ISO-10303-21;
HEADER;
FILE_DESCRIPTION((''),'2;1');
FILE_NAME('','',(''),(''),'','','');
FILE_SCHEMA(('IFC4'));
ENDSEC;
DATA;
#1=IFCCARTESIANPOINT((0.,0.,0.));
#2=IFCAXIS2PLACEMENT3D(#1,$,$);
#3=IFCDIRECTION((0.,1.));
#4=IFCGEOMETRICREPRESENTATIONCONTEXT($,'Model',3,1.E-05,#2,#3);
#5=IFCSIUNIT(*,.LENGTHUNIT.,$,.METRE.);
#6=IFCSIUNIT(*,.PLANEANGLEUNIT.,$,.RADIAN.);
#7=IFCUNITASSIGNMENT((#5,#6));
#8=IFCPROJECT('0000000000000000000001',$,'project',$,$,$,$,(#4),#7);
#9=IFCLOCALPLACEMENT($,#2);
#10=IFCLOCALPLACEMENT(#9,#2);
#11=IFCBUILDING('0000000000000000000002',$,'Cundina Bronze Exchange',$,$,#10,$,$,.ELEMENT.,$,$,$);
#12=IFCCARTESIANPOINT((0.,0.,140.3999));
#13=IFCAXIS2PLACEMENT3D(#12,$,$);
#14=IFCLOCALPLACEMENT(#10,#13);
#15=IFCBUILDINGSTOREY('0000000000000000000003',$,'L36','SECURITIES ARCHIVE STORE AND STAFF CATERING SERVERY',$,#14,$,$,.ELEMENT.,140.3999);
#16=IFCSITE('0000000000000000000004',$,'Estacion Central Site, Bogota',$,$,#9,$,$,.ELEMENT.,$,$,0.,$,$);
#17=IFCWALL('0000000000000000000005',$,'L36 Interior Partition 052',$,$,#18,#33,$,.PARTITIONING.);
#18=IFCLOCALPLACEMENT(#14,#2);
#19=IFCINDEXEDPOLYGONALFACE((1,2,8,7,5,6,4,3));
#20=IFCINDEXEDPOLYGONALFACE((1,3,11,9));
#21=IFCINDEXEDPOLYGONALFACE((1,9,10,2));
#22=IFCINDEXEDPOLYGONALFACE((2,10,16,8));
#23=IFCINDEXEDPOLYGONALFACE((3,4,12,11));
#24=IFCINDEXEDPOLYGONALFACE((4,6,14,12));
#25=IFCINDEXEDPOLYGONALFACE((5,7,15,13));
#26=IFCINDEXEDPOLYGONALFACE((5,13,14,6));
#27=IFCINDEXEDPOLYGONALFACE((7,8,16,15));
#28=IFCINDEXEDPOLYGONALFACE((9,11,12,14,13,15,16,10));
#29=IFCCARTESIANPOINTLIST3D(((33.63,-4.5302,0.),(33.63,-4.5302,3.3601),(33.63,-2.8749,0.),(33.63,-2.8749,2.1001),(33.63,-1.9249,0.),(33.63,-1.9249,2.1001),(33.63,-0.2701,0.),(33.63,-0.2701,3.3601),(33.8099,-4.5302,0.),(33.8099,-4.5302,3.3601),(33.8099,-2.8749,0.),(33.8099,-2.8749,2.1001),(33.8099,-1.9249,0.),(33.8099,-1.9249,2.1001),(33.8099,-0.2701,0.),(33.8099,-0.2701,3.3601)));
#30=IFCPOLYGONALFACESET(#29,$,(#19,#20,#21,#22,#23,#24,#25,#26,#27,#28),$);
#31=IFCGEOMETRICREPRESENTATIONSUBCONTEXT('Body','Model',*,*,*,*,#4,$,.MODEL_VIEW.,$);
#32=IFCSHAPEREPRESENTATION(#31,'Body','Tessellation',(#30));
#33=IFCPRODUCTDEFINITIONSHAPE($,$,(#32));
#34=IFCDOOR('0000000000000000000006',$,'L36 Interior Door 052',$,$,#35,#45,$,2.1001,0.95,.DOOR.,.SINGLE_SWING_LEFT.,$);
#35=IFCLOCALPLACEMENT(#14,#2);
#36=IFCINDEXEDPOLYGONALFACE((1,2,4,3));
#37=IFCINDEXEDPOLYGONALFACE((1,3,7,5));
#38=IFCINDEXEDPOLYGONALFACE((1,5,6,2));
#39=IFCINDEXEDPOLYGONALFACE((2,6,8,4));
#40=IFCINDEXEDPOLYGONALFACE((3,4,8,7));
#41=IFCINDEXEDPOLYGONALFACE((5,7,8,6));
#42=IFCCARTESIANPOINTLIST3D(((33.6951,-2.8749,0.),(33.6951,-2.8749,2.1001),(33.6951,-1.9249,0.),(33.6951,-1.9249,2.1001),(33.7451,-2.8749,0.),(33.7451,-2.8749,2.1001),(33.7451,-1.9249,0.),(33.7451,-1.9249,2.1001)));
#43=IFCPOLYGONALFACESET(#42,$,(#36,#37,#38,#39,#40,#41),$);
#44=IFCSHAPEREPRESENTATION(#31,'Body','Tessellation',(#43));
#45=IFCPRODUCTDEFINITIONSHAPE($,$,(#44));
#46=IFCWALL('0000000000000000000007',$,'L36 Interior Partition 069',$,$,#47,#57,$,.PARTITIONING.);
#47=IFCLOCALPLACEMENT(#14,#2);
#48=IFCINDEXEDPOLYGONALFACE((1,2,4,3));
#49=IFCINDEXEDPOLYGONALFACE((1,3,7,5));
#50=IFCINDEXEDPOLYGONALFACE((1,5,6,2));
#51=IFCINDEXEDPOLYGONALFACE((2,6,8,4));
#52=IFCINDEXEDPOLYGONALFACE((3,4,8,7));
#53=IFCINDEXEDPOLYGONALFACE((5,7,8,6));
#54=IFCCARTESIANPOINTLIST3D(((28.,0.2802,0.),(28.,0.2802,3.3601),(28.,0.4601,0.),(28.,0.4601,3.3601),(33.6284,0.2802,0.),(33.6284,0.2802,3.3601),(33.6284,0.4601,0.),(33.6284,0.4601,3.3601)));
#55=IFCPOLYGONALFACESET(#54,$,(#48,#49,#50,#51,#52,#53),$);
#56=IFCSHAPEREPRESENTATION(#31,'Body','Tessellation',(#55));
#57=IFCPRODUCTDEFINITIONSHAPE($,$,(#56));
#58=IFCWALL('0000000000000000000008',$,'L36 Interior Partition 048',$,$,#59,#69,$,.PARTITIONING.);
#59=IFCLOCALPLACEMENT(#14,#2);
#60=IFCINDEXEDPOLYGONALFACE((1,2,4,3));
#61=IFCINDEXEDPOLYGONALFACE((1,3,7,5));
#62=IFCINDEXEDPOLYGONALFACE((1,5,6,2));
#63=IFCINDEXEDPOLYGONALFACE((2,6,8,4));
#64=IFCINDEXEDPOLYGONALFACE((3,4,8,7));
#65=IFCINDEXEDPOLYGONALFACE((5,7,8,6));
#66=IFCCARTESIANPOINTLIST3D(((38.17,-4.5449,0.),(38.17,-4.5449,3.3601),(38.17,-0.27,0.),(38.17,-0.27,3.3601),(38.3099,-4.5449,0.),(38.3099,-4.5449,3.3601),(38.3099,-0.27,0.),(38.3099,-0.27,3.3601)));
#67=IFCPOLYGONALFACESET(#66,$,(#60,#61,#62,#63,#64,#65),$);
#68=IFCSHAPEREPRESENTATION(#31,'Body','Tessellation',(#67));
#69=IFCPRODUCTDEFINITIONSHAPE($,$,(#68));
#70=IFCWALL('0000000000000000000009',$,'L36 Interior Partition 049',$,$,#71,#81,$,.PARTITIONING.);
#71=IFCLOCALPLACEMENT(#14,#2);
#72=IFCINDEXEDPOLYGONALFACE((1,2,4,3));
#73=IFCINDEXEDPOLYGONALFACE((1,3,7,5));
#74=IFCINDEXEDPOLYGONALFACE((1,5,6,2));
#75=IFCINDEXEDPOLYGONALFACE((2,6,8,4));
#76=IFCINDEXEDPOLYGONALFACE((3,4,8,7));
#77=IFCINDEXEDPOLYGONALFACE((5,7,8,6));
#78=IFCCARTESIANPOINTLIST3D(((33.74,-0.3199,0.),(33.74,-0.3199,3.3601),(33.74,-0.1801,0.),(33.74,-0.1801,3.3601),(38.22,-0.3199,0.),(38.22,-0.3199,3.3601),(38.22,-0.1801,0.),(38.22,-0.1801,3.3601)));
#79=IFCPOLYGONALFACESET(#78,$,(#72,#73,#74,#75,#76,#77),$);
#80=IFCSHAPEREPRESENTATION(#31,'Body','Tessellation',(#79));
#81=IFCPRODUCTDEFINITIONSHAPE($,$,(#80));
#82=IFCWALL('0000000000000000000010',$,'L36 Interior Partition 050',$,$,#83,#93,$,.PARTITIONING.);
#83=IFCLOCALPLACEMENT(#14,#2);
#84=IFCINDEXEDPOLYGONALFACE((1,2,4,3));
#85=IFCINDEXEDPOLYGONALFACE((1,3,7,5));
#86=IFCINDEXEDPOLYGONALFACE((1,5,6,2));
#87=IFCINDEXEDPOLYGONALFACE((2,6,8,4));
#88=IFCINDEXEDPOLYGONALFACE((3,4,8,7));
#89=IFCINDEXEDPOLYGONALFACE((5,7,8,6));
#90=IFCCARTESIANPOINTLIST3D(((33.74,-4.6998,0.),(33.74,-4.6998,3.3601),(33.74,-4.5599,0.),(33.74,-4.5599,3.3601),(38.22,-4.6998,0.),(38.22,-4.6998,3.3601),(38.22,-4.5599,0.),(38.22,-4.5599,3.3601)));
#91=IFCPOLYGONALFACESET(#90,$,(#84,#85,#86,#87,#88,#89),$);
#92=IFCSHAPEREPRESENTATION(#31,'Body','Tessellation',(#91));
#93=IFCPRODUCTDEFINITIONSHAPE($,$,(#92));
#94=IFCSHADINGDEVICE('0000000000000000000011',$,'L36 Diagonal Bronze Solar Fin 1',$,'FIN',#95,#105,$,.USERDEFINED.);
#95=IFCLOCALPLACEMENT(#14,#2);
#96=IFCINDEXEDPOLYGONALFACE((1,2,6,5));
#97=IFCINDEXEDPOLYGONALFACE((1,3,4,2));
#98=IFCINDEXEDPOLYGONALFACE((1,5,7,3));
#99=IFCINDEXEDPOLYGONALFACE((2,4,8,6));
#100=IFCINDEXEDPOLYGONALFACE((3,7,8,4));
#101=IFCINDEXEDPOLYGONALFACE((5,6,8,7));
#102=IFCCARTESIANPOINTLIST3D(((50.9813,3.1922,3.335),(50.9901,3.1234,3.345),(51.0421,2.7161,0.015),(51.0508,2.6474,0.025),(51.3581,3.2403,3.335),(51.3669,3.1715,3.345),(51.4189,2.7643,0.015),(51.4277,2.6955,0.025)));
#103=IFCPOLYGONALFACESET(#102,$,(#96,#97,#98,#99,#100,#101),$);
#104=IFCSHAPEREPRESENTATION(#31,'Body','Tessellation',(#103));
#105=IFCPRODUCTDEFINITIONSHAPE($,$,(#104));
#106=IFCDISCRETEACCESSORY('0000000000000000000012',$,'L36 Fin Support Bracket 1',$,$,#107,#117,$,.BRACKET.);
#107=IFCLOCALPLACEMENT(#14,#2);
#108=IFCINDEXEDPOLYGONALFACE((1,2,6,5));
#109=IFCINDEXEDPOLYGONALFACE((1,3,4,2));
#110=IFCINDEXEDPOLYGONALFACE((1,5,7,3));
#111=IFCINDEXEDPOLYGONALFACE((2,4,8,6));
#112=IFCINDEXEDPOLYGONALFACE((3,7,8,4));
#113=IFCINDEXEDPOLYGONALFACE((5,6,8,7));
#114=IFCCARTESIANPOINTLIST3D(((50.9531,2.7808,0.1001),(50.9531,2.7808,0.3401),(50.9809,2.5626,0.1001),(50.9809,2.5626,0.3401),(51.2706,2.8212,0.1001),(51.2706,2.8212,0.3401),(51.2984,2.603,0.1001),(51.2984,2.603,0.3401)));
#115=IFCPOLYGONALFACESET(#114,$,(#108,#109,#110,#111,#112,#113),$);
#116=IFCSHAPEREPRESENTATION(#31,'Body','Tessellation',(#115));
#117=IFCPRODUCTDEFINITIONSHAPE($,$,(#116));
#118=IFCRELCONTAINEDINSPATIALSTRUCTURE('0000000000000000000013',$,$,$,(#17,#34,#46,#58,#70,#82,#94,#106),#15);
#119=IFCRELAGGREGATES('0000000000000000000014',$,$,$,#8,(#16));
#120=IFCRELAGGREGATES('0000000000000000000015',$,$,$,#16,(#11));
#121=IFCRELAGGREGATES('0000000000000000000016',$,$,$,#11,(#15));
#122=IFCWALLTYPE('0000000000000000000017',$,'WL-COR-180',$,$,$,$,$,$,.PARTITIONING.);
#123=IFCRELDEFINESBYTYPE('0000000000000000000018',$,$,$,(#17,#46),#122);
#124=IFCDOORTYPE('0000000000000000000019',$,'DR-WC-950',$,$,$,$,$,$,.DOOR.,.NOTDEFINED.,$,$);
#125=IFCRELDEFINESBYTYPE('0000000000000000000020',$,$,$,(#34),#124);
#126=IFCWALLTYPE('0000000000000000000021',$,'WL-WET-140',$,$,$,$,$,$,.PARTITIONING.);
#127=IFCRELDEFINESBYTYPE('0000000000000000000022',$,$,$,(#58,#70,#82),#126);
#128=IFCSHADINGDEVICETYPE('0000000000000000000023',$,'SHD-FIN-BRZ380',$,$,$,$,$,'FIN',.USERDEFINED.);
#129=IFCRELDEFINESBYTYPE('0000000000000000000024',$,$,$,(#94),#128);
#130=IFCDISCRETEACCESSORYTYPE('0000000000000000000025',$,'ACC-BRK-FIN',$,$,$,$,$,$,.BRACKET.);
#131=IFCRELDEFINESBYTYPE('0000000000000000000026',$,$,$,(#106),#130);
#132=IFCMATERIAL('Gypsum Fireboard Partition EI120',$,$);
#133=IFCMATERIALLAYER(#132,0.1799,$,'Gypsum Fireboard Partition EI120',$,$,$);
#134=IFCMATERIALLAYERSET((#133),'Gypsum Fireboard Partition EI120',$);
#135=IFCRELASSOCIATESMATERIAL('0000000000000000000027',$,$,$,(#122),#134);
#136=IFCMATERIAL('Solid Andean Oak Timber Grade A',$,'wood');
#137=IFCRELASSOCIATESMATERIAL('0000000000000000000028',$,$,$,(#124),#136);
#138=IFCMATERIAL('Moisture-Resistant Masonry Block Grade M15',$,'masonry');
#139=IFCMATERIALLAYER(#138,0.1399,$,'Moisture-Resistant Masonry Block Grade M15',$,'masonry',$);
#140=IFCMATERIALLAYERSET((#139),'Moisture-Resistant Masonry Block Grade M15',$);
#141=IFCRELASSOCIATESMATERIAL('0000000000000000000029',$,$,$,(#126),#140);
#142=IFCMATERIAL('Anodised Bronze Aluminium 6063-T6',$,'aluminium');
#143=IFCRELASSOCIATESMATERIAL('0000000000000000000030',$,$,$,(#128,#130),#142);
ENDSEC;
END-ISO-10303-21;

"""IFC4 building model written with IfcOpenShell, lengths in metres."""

from ifc_helpers import new_model, si_unit, direction, frame, frame_2d, origin, origin_2d, place, context, subcontext, project, spatial, rectangle, extrude, material, layer, layer_set, material_profile, profile_set, type_object, element, fill, save


model = new_model("IFC4")

# Units and contexts
model_context = context("Model", 3, precision=1e-05, world=origin(), true_north=direction((0.0, 1.0)))
body_context = subcontext(model_context, "Body", "Model", "MODEL_VIEW")
ifc_project = project(units=[si_unit("LENGTHUNIT", "METRE"), si_unit("PLANEANGLEUNIT", "RADIAN")], contexts=[model_context])

# Site, building, storey
site_placement = place(None, origin())
site = spatial("IfcSite", under=ifc_project, at=site_placement, Name="Estacion Central Site, Bogota", CompositionType="ELEMENT", RefElevation=0.0)
building_placement = place(site_placement, origin())
building = spatial("IfcBuilding", under=site, at=building_placement, Name="Cundina Bronze Exchange", CompositionType="ELEMENT")
storey_placement = place(building_placement, frame((0.0, 0.0, 140.3999)))
storey = spatial("IfcBuildingStorey", under=building, at=storey_placement, Name="L36", Description="SECURITIES ARCHIVE STORE AND STAFF CATERING SERVERY", CompositionType="ELEMENT", Elevation=140.3999)

# Shared definitions
ifc_material_1 = material(Name="Anodised Bronze Aluminium 6063-T6", Category="aluminium")

# Wall, opening, door
ifc_material_2 = material(Name="Gypsum Fireboard Partition EI120")
ifc_layer_1 = layer(ifc_material_2, 0.1799, Name="Gypsum Fireboard Partition EI120")
ifc_layer_set_1 = layer_set([ifc_layer_1], Name="Gypsum Fireboard Partition EI120")
wall_type_1 = type_object("IfcWallType", Name="WL-COR-180", PredefinedType="PARTITIONING", material=ifc_layer_set_1)
wall_1_placement = place(storey_placement, frame((33.72, -4.53, 0.0), z_axis=(0.0, 0.0, 1.0), x_axis=(0.0, 1.0, 0.0)))
wall_1 = element("IfcWall", 1, at=wall_1_placement, inside=storey, type_object=wall_type_1, Name="L36 Interior Partition 052", PredefinedType="PARTITIONING", context=body_context, shape_type="SweptSolid", body=[
    extrude(rectangle(XDim=4.26, YDim=0.1799, at=frame_2d((2.1299, 0.0))), origin(), (0.0, 0.0, 1.0), 3.3601),
])
opening_placement = place(wall_1_placement, frame((1.655, 0.0, 0.0)))
opening = element("IfcOpeningElement", 2, at=opening_placement, cuts=wall_1, PredefinedType="OPENING", context=body_context, shape_type="SweptSolid", body=[
    extrude(rectangle(XDim=0.95, YDim=2.1001, at=frame_2d((0.4751, 1.05))), frame((0.0, 0.0999, 0.0), z_axis=(0.0, -1.0, 0.0), x_axis=(1.0, 0.0, 0.0)), (0.0, 0.0, 1.0), 0.2),
])
ifc_material_3 = material(Name="Solid Andean Oak Timber Grade A", Category="wood")
door_type = type_object("IfcDoorType", Name="DR-WC-950", OperationType="NOTDEFINED", PredefinedType="DOOR", material=ifc_material_3)
door_placement = place(opening_placement, origin())
door = element("IfcDoor", 3, at=door_placement, inside=storey, type_object=door_type, Name="L36 Interior Door 052", OperationType="SINGLE_SWING_LEFT", OverallHeight=2.1001, OverallWidth=0.95, PredefinedType="DOOR", context=body_context, shape_type="SweptSolid", body=[
    extrude(rectangle(XDim=0.95, YDim=2.1001, at=frame_2d((0.4751, 1.05))), frame((0.0, 0.0249, 0.0), z_axis=(0.0, -1.0, 0.0), x_axis=(1.0, 0.0, 0.0)), (0.0, 0.0, 1.0), 0.05),
])
fill(opening, door)

# Walls
wall_2_placement = place(storey_placement, frame((33.6284, 0.3701, 0.0), z_axis=(0.0, 0.0, 1.0), x_axis=(-1.0, 0.0, 0.0)))
element("IfcWall", 4, at=wall_2_placement, inside=storey, type_object=wall_type_1, Name="L36 Interior Partition 069", PredefinedType="PARTITIONING", context=body_context, shape_type="SweptSolid", body=[
    extrude(rectangle(XDim=5.6284, YDim=0.1799, at=frame_2d((2.8142, 0.0))), origin(), (0.0, 0.0, 1.0), 3.3601),
])
ifc_material_4 = material(Name="Moisture-Resistant Masonry Block Grade M15", Category="masonry")
ifc_layer_2 = layer(ifc_material_4, 0.1399, Name="Moisture-Resistant Masonry Block Grade M15", Category="masonry")
ifc_layer_set_2 = layer_set([ifc_layer_2], Name="Moisture-Resistant Masonry Block Grade M15")
wall_type_2 = type_object("IfcWallType", Name="WL-WET-140", PredefinedType="PARTITIONING", material=ifc_layer_set_2)
wall_3_placement = place(storey_placement, frame((38.24, -4.5449, 0.0), z_axis=(0.0, 0.0, 1.0), x_axis=(0.0, 1.0, 0.0)))
element("IfcWall", 5, at=wall_3_placement, inside=storey, type_object=wall_type_2, Name="L36 Interior Partition 048", PredefinedType="PARTITIONING", context=body_context, shape_type="SweptSolid", body=[
    extrude(rectangle(XDim=4.2749, YDim=0.1399, at=frame_2d((2.1375, 0.0))), origin(), (0.0, 0.0, 1.0), 3.3601),
])
for number, where, z_axis, x_axis, name in (
    (6, (33.74, -0.25, 0.0), (0.0, 0.0, 1.0), (1.0, 0.0, 0.0), "L36 Interior Partition 049"),
    (7, (33.74, -4.6299, 0.0), (0.0, 0.0, 1.0), (1.0, 0.0, 0.0), "L36 Interior Partition 050"),
):
    element("IfcWall", number, at=place(storey_placement, frame(where, z_axis=z_axis, x_axis=x_axis)), inside=storey, type_object=wall_type_2, Name=name, PredefinedType="PARTITIONING", context=body_context, shape_type="SweptSolid", body=[
        extrude(rectangle(XDim=4.48, YDim=0.1399, at=frame_2d((2.24, 0.0))), origin(), (0.0, 0.0, 1.0), 3.3601),
    ])

# Shading device
ifc_material_profile_1 = material_profile(ifc_material_1, rectangle(XDim=0.0701, YDim=0.3799, at=origin_2d()), Name="FIN70X380", Category="aluminium")
ifc_profile_set_1 = profile_set([ifc_material_profile_1], Name="Anodised Bronze Aluminium 6063-T6")
shading_device_type = type_object("IfcShadingDeviceType", Name="SHD-FIN-BRZ380", ElementType="FIN", PredefinedType="USERDEFINED", material=ifc_profile_set_1)
shading_device_placement = place(storey_placement, frame((51.2349, 2.7058, 0.02), z_axis=(-0.018122, 0.141918, 0.989713), x_axis=(0.125361, -0.981741, 0.14307)))
element("IfcShadingDevice", 8, at=shading_device_placement, inside=storey, type_object=shading_device_type, Name="L36 Diagonal Bronze Solar Fin 1", ObjectType="FIN", PredefinedType="USERDEFINED", context=body_context, shape_type="SweptSolid", body=[
    extrude(rectangle(XDim=0.0701, YDim=0.3799, at=origin_2d()), origin(), (0.0, 0.0, 1.0), 3.3545),
])

# Discrete accessory
discrete_accessory_type = type_object("IfcDiscreteAccessoryType", Name="ACC-BRK-FIN", PredefinedType="BRACKET", material=ifc_material_1)
discrete_accessory_placement = place(storey_placement, frame((51.1257, 2.6919, 0.1001), z_axis=(0.0, 0.0, 1.0), x_axis=(-0.126476, 0.99197, 0.0)))
element("IfcDiscreteAccessory", 9, at=discrete_accessory_placement, inside=storey, type_object=discrete_accessory_type, Name="L36 Fin Support Bracket 1", PredefinedType="BRACKET", context=body_context, shape_type="SweptSolid", body=[
    extrude(rectangle(XDim=0.22, YDim=0.3201, at=origin_2d()), origin(), (0.0, 0.0, 1.0), 0.24),
])

save(model, "model.ifc")
